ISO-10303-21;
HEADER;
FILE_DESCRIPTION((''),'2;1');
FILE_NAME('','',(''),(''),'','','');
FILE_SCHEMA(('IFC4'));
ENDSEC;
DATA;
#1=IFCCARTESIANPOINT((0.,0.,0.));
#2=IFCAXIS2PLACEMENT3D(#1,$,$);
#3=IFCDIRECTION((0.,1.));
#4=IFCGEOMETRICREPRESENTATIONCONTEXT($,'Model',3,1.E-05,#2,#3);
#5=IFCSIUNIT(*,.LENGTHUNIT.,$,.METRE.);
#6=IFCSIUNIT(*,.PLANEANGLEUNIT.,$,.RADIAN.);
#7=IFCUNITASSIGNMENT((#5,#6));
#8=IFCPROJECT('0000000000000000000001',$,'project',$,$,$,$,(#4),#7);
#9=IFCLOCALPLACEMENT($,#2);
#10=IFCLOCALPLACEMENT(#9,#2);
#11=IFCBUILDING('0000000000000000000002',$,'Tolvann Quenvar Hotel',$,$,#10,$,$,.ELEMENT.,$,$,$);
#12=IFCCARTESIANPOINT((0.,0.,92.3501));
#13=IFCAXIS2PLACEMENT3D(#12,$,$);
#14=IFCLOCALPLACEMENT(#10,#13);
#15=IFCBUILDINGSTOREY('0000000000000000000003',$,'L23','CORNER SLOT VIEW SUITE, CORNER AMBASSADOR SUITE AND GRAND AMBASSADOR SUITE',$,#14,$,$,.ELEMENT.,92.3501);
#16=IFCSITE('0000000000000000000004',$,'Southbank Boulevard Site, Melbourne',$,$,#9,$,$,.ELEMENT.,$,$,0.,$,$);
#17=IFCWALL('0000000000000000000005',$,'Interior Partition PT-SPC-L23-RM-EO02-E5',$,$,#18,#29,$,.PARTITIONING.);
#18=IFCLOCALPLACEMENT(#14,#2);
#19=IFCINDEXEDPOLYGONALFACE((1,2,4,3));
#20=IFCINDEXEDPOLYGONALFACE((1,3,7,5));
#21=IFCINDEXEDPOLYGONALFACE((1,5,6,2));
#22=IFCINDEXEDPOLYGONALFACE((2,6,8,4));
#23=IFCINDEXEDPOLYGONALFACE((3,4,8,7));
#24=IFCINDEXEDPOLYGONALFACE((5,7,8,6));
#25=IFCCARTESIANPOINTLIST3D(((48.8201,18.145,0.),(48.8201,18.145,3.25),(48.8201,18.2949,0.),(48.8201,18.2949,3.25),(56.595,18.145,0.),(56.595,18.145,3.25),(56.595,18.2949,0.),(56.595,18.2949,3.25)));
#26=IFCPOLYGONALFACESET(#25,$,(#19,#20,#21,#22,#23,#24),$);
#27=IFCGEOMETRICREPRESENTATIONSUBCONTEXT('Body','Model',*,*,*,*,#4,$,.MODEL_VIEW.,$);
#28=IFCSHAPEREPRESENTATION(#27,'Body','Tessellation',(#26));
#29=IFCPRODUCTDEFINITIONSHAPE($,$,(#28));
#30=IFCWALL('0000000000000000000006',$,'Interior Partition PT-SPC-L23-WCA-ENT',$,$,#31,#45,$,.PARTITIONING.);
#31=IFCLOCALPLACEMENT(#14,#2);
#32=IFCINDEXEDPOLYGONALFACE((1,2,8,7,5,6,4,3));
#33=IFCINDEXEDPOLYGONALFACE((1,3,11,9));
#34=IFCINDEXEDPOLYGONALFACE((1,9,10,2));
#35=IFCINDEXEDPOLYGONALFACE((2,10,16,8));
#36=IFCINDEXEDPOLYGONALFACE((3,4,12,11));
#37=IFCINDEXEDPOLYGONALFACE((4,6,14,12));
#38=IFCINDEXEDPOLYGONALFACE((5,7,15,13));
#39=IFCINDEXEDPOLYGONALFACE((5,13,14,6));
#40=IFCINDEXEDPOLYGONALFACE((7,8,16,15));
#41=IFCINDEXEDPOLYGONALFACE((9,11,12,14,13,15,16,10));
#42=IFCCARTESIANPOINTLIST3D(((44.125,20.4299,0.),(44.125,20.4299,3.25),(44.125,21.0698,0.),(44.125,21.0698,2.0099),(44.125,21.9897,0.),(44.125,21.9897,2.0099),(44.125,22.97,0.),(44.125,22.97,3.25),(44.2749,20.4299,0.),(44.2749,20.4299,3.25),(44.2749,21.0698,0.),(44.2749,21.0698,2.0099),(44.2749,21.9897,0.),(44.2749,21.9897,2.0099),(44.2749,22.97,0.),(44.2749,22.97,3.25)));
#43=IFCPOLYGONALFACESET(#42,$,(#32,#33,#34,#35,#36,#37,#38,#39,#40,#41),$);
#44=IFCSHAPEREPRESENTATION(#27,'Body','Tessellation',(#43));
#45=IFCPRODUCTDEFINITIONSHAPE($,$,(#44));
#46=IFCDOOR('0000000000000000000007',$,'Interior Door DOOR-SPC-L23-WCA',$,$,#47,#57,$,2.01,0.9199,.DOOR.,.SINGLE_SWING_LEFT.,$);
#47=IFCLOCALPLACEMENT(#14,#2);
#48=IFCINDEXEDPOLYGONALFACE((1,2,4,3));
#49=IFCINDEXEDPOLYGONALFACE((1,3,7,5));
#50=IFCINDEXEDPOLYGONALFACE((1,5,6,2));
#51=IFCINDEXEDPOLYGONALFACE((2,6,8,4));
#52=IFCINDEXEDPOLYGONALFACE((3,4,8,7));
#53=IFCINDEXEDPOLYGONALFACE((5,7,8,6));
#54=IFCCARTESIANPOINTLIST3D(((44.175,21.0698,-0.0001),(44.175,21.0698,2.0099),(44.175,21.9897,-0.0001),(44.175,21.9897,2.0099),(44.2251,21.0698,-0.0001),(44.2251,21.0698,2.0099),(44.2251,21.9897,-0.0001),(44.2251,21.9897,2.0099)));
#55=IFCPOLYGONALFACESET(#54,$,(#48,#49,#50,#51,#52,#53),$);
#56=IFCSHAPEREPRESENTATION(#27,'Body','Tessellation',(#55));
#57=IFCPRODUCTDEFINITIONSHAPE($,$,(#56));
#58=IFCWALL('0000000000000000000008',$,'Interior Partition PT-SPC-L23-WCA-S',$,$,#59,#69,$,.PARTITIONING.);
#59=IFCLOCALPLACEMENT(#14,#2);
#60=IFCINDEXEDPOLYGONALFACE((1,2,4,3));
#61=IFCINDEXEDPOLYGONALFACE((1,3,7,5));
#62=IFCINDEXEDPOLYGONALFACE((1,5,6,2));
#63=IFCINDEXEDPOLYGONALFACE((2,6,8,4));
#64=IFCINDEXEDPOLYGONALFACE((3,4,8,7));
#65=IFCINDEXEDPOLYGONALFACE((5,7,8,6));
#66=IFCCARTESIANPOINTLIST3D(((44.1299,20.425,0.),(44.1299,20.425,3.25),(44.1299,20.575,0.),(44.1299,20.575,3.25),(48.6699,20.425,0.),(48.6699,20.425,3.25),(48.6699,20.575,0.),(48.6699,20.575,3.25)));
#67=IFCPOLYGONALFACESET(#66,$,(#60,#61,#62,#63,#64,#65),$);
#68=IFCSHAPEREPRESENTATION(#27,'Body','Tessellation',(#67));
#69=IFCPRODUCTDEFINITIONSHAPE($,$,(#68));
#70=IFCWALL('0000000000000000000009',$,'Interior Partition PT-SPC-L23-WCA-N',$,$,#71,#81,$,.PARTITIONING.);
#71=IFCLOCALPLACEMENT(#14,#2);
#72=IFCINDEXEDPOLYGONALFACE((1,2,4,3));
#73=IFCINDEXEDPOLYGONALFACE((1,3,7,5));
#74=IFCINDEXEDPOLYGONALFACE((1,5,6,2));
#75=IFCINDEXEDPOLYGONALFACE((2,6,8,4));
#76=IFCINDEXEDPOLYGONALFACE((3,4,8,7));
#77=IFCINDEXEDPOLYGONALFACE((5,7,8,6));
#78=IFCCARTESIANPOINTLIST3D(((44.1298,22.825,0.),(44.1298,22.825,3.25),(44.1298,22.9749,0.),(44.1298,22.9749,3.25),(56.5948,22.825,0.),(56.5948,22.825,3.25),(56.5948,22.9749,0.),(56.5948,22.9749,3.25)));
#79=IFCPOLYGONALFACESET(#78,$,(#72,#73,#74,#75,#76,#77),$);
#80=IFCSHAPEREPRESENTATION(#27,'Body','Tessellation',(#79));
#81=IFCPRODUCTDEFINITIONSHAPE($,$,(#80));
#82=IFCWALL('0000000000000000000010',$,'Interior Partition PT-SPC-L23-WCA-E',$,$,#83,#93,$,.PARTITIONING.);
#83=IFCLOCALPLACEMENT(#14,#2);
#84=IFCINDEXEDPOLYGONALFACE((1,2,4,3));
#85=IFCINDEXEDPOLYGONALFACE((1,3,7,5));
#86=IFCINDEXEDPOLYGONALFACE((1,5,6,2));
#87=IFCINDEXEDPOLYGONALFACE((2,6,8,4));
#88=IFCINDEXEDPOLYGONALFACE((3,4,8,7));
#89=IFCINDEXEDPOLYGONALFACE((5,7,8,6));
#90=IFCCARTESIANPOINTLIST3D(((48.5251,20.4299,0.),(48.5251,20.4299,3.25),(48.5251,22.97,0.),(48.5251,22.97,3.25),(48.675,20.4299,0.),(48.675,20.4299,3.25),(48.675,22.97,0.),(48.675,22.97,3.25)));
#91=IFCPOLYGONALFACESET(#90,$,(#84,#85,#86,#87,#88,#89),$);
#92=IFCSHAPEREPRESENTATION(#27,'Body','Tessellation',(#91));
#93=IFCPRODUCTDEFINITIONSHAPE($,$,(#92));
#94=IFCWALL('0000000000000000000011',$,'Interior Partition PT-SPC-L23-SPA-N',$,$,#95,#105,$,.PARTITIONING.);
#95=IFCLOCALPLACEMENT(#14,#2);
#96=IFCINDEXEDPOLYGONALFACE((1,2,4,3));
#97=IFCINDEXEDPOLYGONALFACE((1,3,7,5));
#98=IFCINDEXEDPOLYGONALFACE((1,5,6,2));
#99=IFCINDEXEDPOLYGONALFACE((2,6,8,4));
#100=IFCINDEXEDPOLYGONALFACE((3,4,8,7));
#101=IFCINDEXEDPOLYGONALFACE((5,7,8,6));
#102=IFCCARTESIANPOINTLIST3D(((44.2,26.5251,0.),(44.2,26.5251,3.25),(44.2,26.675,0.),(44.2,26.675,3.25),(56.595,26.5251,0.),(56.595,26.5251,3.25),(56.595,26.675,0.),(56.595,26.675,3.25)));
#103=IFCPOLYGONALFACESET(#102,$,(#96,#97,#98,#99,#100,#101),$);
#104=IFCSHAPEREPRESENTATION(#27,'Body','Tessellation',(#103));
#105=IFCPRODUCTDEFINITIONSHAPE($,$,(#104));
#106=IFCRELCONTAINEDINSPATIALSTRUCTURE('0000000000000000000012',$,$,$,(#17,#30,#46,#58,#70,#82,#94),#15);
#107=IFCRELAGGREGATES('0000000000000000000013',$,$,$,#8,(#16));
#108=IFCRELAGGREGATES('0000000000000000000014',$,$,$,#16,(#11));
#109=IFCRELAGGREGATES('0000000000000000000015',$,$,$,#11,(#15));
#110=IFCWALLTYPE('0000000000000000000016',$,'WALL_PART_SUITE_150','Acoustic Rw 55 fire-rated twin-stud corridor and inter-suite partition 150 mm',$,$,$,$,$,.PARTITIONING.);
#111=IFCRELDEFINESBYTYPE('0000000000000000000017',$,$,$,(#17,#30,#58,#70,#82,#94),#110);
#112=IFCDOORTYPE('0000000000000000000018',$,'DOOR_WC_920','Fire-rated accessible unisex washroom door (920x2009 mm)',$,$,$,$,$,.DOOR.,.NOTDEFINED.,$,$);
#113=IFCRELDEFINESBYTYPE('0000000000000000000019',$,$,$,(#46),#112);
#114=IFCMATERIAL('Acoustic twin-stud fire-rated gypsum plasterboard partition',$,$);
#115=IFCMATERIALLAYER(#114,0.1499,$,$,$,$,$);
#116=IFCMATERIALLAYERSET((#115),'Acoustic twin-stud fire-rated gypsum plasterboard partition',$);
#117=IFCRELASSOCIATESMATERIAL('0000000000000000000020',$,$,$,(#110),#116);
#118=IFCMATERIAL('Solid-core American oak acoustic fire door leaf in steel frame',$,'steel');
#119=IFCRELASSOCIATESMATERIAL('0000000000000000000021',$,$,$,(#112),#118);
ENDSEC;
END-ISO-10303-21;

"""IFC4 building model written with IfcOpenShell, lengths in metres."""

from ifc_helpers import new_model, si_unit, direction, frame, frame_2d, origin, place, context, subcontext, project, spatial, rectangle, extrude, source, transform, mapped, material, layer, layer_set, type_object, type_shapes, element, fill, save


model = new_model("IFC4")

# Units and contexts
model_context = context("Model", 3, precision=1e-05, world=origin(), true_north=direction((0.0, 1.0)))
body_context = subcontext(model_context, "Body", "Model", "MODEL_VIEW")
ifc_project = project(units=[si_unit("LENGTHUNIT", "METRE"), si_unit("PLANEANGLEUNIT", "RADIAN")], contexts=[model_context])

# Site, building, storey
site_placement = place(None, origin())
site = spatial("IfcSite", under=ifc_project, at=site_placement, Name="Southbank Boulevard Site, Melbourne", CompositionType="ELEMENT", RefElevation=0.0)
building_placement = place(site_placement, origin())
building = spatial("IfcBuilding", under=site, at=building_placement, Name="Tolvann Quenvar Hotel", CompositionType="ELEMENT")
storey_placement = place(building_placement, frame((0.0, 0.0, 92.3501)))
storey = spatial("IfcBuildingStorey", under=building, at=storey_placement, Name="L23", Description="CORNER SLOT VIEW SUITE, CORNER AMBASSADOR SUITE AND GRAND AMBASSADOR SUITE", CompositionType="ELEMENT", Elevation=92.3501)

# Wall
ifc_material_1 = material(Name="Acoustic twin-stud fire-rated gypsum plasterboard partition")
ifc_layer = layer(ifc_material_1, 0.1499)
ifc_layer_set = layer_set([ifc_layer], Name="Acoustic twin-stud fire-rated gypsum plasterboard partition")
wall_type = type_object("IfcWallType", Name="WALL_PART_SUITE_150", Description="Acoustic Rw 55 fire-rated twin-stud corridor and inter-suite partition 150 mm", PredefinedType="PARTITIONING", material=ifc_layer_set)
wall_1_placement = place(storey_placement, frame((48.8201, 18.22, 0.0), z_axis=(0.0, 0.0, 1.0), x_axis=(1.0, 0.0, 0.0)))
element("IfcWall", 1, at=wall_1_placement, inside=storey, type_object=wall_type, Name="Interior Partition PT-SPC-L23-RM-EO02-E5", PredefinedType="PARTITIONING", context=body_context, shape_type="SweptSolid", body=[
    extrude(rectangle(XDim=7.7749, YDim=0.1499, at=frame_2d((3.8875, 0.0))), origin(), (0.0, 0.0, 1.0), 3.25),
])

# Wall, opening, door
wall_2_placement = place(storey_placement, frame((44.2, 20.4299, 0.0), z_axis=(0.0, 0.0, 1.0), x_axis=(0.0, 1.0, 0.0)))
wall_2 = element("IfcWall", 2, at=wall_2_placement, inside=storey, type_object=wall_type, Name="Interior Partition PT-SPC-L23-WCA-ENT", PredefinedType="PARTITIONING", context=body_context, shape_type="SweptSolid", body=[
    extrude(rectangle(XDim=2.54, YDim=0.1499, at=frame_2d((1.27, 0.0))), origin(), (0.0, 0.0, 1.0), 3.25),
])
opening_1_placement = place(wall_2_placement, frame((0.6399, 0.0, 0.0)))
opening_1 = element("IfcOpeningElement", 3, at=opening_1_placement, cuts=wall_2, PredefinedType="OPENING", context=body_context, shape_type="SweptSolid", body=[
    extrude(rectangle(XDim=0.9199, YDim=2.01, at=frame_2d((0.46, 1.0049))), frame((0.0, 0.085, 0.0), z_axis=(0.0, -1.0, 0.0), x_axis=(1.0, 0.0, 0.0)), (0.0, 0.0, 1.0), 0.1699),
])
ifc_material_2 = material(Name="Solid-core American oak acoustic fire door leaf in steel frame", Category="steel")
door_type_1 = type_object("IfcDoorType", Name="DOOR_WC_920", Description="Fire-rated accessible unisex washroom door (920x2009 mm)", OperationType="NOTDEFINED", PredefinedType="DOOR", material=ifc_material_2)
shared_shape_1 = source(origin(), body_context, "Body", "SweptSolid", [
    extrude(rectangle(XDim=0.9199, YDim=2.01, at=frame_2d((0.46, 1.0049))), frame((0.0, 0.0249, 0.0), z_axis=(0.0, -1.0, 0.0), x_axis=(1.0, 0.0, 0.0)), (0.0, 0.0, 1.0), 0.05),
])
type_shapes(door_type_1, [shared_shape_1])
door_1_placement = place(opening_1_placement, origin())
door_1 = element("IfcDoor", 4, at=door_1_placement, inside=storey, type_object=door_type_1, Name="Interior Door DOOR-SPC-L23-WCA", OperationType="SINGLE_SWING_LEFT", OverallHeight=2.01, OverallWidth=0.9199, PredefinedType="DOOR", context=body_context, shape_type="MappedRepresentation", body=[
    mapped(shared_shape_1, transform((0.0, 0.0, 0.0), x_axis=(1.0, 0.0, 0.0), y_axis=(0.0, 1.0, 0.0), z_axis=(0.0, 0.0, 1.0), scale=1.0)),
])
fill(opening_1, door_1)

# Walls
wall_3_placement = place(storey_placement, frame((44.1299, 20.5, 0.0), z_axis=(0.0, 0.0, 1.0), x_axis=(1.0, 0.0, 0.0)))
element("IfcWall", 5, at=wall_3_placement, inside=storey, type_object=wall_type, Name="Interior Partition PT-SPC-L23-WCA-S", PredefinedType="PARTITIONING", context=body_context, shape_type="SweptSolid", body=[
    extrude(rectangle(XDim=4.54, YDim=0.1499, at=frame_2d((2.27, 0.0))), origin(), (0.0, 0.0, 1.0), 3.25),
])
wall_4_placement = place(storey_placement, frame((44.1299, 22.8999, 0.0), z_axis=(0.0, 0.0, 1.0), x_axis=(1.0, 0.0, 0.0)))
element("IfcWall", 6, at=wall_4_placement, inside=storey, type_object=wall_type, Name="Interior Partition PT-SPC-L23-WCA-N", PredefinedType="PARTITIONING", context=body_context, shape_type="SweptSolid", body=[
    extrude(rectangle(XDim=12.4651, YDim=0.1499, at=frame_2d((6.2324, 0.0))), origin(), (0.0, 0.0, 1.0), 3.25),
])
wall_5_placement = place(storey_placement, frame((48.6001, 20.4299, 0.0), z_axis=(0.0, 0.0, 1.0), x_axis=(0.0, 1.0, 0.0)))
element("IfcWall", 7, at=wall_5_placement, inside=storey, type_object=wall_type, Name="Interior Partition PT-SPC-L23-WCA-E", PredefinedType="PARTITIONING", context=body_context, shape_type="SweptSolid", body=[
    extrude(rectangle(XDim=2.54, YDim=0.1499, at=frame_2d((1.27, 0.0))), origin(), (0.0, 0.0, 1.0), 3.25),
])
wall_6_placement = place(storey_placement, frame((44.2, 26.6001, 0.0), z_axis=(0.0, 0.0, 1.0), x_axis=(1.0, 0.0, 0.0)))
element("IfcWall", 8, at=wall_6_placement, inside=storey, type_object=wall_type, Name="Interior Partition PT-SPC-L23-SPA-N", PredefinedType="PARTITIONING", context=body_context, shape_type="SweptSolid", body=[
    extrude(rectangle(XDim=12.395, YDim=0.1499, at=frame_2d((6.1975, 0.0))), origin(), (0.0, 0.0, 1.0), 3.25),
])

save(model, "model.ifc")
